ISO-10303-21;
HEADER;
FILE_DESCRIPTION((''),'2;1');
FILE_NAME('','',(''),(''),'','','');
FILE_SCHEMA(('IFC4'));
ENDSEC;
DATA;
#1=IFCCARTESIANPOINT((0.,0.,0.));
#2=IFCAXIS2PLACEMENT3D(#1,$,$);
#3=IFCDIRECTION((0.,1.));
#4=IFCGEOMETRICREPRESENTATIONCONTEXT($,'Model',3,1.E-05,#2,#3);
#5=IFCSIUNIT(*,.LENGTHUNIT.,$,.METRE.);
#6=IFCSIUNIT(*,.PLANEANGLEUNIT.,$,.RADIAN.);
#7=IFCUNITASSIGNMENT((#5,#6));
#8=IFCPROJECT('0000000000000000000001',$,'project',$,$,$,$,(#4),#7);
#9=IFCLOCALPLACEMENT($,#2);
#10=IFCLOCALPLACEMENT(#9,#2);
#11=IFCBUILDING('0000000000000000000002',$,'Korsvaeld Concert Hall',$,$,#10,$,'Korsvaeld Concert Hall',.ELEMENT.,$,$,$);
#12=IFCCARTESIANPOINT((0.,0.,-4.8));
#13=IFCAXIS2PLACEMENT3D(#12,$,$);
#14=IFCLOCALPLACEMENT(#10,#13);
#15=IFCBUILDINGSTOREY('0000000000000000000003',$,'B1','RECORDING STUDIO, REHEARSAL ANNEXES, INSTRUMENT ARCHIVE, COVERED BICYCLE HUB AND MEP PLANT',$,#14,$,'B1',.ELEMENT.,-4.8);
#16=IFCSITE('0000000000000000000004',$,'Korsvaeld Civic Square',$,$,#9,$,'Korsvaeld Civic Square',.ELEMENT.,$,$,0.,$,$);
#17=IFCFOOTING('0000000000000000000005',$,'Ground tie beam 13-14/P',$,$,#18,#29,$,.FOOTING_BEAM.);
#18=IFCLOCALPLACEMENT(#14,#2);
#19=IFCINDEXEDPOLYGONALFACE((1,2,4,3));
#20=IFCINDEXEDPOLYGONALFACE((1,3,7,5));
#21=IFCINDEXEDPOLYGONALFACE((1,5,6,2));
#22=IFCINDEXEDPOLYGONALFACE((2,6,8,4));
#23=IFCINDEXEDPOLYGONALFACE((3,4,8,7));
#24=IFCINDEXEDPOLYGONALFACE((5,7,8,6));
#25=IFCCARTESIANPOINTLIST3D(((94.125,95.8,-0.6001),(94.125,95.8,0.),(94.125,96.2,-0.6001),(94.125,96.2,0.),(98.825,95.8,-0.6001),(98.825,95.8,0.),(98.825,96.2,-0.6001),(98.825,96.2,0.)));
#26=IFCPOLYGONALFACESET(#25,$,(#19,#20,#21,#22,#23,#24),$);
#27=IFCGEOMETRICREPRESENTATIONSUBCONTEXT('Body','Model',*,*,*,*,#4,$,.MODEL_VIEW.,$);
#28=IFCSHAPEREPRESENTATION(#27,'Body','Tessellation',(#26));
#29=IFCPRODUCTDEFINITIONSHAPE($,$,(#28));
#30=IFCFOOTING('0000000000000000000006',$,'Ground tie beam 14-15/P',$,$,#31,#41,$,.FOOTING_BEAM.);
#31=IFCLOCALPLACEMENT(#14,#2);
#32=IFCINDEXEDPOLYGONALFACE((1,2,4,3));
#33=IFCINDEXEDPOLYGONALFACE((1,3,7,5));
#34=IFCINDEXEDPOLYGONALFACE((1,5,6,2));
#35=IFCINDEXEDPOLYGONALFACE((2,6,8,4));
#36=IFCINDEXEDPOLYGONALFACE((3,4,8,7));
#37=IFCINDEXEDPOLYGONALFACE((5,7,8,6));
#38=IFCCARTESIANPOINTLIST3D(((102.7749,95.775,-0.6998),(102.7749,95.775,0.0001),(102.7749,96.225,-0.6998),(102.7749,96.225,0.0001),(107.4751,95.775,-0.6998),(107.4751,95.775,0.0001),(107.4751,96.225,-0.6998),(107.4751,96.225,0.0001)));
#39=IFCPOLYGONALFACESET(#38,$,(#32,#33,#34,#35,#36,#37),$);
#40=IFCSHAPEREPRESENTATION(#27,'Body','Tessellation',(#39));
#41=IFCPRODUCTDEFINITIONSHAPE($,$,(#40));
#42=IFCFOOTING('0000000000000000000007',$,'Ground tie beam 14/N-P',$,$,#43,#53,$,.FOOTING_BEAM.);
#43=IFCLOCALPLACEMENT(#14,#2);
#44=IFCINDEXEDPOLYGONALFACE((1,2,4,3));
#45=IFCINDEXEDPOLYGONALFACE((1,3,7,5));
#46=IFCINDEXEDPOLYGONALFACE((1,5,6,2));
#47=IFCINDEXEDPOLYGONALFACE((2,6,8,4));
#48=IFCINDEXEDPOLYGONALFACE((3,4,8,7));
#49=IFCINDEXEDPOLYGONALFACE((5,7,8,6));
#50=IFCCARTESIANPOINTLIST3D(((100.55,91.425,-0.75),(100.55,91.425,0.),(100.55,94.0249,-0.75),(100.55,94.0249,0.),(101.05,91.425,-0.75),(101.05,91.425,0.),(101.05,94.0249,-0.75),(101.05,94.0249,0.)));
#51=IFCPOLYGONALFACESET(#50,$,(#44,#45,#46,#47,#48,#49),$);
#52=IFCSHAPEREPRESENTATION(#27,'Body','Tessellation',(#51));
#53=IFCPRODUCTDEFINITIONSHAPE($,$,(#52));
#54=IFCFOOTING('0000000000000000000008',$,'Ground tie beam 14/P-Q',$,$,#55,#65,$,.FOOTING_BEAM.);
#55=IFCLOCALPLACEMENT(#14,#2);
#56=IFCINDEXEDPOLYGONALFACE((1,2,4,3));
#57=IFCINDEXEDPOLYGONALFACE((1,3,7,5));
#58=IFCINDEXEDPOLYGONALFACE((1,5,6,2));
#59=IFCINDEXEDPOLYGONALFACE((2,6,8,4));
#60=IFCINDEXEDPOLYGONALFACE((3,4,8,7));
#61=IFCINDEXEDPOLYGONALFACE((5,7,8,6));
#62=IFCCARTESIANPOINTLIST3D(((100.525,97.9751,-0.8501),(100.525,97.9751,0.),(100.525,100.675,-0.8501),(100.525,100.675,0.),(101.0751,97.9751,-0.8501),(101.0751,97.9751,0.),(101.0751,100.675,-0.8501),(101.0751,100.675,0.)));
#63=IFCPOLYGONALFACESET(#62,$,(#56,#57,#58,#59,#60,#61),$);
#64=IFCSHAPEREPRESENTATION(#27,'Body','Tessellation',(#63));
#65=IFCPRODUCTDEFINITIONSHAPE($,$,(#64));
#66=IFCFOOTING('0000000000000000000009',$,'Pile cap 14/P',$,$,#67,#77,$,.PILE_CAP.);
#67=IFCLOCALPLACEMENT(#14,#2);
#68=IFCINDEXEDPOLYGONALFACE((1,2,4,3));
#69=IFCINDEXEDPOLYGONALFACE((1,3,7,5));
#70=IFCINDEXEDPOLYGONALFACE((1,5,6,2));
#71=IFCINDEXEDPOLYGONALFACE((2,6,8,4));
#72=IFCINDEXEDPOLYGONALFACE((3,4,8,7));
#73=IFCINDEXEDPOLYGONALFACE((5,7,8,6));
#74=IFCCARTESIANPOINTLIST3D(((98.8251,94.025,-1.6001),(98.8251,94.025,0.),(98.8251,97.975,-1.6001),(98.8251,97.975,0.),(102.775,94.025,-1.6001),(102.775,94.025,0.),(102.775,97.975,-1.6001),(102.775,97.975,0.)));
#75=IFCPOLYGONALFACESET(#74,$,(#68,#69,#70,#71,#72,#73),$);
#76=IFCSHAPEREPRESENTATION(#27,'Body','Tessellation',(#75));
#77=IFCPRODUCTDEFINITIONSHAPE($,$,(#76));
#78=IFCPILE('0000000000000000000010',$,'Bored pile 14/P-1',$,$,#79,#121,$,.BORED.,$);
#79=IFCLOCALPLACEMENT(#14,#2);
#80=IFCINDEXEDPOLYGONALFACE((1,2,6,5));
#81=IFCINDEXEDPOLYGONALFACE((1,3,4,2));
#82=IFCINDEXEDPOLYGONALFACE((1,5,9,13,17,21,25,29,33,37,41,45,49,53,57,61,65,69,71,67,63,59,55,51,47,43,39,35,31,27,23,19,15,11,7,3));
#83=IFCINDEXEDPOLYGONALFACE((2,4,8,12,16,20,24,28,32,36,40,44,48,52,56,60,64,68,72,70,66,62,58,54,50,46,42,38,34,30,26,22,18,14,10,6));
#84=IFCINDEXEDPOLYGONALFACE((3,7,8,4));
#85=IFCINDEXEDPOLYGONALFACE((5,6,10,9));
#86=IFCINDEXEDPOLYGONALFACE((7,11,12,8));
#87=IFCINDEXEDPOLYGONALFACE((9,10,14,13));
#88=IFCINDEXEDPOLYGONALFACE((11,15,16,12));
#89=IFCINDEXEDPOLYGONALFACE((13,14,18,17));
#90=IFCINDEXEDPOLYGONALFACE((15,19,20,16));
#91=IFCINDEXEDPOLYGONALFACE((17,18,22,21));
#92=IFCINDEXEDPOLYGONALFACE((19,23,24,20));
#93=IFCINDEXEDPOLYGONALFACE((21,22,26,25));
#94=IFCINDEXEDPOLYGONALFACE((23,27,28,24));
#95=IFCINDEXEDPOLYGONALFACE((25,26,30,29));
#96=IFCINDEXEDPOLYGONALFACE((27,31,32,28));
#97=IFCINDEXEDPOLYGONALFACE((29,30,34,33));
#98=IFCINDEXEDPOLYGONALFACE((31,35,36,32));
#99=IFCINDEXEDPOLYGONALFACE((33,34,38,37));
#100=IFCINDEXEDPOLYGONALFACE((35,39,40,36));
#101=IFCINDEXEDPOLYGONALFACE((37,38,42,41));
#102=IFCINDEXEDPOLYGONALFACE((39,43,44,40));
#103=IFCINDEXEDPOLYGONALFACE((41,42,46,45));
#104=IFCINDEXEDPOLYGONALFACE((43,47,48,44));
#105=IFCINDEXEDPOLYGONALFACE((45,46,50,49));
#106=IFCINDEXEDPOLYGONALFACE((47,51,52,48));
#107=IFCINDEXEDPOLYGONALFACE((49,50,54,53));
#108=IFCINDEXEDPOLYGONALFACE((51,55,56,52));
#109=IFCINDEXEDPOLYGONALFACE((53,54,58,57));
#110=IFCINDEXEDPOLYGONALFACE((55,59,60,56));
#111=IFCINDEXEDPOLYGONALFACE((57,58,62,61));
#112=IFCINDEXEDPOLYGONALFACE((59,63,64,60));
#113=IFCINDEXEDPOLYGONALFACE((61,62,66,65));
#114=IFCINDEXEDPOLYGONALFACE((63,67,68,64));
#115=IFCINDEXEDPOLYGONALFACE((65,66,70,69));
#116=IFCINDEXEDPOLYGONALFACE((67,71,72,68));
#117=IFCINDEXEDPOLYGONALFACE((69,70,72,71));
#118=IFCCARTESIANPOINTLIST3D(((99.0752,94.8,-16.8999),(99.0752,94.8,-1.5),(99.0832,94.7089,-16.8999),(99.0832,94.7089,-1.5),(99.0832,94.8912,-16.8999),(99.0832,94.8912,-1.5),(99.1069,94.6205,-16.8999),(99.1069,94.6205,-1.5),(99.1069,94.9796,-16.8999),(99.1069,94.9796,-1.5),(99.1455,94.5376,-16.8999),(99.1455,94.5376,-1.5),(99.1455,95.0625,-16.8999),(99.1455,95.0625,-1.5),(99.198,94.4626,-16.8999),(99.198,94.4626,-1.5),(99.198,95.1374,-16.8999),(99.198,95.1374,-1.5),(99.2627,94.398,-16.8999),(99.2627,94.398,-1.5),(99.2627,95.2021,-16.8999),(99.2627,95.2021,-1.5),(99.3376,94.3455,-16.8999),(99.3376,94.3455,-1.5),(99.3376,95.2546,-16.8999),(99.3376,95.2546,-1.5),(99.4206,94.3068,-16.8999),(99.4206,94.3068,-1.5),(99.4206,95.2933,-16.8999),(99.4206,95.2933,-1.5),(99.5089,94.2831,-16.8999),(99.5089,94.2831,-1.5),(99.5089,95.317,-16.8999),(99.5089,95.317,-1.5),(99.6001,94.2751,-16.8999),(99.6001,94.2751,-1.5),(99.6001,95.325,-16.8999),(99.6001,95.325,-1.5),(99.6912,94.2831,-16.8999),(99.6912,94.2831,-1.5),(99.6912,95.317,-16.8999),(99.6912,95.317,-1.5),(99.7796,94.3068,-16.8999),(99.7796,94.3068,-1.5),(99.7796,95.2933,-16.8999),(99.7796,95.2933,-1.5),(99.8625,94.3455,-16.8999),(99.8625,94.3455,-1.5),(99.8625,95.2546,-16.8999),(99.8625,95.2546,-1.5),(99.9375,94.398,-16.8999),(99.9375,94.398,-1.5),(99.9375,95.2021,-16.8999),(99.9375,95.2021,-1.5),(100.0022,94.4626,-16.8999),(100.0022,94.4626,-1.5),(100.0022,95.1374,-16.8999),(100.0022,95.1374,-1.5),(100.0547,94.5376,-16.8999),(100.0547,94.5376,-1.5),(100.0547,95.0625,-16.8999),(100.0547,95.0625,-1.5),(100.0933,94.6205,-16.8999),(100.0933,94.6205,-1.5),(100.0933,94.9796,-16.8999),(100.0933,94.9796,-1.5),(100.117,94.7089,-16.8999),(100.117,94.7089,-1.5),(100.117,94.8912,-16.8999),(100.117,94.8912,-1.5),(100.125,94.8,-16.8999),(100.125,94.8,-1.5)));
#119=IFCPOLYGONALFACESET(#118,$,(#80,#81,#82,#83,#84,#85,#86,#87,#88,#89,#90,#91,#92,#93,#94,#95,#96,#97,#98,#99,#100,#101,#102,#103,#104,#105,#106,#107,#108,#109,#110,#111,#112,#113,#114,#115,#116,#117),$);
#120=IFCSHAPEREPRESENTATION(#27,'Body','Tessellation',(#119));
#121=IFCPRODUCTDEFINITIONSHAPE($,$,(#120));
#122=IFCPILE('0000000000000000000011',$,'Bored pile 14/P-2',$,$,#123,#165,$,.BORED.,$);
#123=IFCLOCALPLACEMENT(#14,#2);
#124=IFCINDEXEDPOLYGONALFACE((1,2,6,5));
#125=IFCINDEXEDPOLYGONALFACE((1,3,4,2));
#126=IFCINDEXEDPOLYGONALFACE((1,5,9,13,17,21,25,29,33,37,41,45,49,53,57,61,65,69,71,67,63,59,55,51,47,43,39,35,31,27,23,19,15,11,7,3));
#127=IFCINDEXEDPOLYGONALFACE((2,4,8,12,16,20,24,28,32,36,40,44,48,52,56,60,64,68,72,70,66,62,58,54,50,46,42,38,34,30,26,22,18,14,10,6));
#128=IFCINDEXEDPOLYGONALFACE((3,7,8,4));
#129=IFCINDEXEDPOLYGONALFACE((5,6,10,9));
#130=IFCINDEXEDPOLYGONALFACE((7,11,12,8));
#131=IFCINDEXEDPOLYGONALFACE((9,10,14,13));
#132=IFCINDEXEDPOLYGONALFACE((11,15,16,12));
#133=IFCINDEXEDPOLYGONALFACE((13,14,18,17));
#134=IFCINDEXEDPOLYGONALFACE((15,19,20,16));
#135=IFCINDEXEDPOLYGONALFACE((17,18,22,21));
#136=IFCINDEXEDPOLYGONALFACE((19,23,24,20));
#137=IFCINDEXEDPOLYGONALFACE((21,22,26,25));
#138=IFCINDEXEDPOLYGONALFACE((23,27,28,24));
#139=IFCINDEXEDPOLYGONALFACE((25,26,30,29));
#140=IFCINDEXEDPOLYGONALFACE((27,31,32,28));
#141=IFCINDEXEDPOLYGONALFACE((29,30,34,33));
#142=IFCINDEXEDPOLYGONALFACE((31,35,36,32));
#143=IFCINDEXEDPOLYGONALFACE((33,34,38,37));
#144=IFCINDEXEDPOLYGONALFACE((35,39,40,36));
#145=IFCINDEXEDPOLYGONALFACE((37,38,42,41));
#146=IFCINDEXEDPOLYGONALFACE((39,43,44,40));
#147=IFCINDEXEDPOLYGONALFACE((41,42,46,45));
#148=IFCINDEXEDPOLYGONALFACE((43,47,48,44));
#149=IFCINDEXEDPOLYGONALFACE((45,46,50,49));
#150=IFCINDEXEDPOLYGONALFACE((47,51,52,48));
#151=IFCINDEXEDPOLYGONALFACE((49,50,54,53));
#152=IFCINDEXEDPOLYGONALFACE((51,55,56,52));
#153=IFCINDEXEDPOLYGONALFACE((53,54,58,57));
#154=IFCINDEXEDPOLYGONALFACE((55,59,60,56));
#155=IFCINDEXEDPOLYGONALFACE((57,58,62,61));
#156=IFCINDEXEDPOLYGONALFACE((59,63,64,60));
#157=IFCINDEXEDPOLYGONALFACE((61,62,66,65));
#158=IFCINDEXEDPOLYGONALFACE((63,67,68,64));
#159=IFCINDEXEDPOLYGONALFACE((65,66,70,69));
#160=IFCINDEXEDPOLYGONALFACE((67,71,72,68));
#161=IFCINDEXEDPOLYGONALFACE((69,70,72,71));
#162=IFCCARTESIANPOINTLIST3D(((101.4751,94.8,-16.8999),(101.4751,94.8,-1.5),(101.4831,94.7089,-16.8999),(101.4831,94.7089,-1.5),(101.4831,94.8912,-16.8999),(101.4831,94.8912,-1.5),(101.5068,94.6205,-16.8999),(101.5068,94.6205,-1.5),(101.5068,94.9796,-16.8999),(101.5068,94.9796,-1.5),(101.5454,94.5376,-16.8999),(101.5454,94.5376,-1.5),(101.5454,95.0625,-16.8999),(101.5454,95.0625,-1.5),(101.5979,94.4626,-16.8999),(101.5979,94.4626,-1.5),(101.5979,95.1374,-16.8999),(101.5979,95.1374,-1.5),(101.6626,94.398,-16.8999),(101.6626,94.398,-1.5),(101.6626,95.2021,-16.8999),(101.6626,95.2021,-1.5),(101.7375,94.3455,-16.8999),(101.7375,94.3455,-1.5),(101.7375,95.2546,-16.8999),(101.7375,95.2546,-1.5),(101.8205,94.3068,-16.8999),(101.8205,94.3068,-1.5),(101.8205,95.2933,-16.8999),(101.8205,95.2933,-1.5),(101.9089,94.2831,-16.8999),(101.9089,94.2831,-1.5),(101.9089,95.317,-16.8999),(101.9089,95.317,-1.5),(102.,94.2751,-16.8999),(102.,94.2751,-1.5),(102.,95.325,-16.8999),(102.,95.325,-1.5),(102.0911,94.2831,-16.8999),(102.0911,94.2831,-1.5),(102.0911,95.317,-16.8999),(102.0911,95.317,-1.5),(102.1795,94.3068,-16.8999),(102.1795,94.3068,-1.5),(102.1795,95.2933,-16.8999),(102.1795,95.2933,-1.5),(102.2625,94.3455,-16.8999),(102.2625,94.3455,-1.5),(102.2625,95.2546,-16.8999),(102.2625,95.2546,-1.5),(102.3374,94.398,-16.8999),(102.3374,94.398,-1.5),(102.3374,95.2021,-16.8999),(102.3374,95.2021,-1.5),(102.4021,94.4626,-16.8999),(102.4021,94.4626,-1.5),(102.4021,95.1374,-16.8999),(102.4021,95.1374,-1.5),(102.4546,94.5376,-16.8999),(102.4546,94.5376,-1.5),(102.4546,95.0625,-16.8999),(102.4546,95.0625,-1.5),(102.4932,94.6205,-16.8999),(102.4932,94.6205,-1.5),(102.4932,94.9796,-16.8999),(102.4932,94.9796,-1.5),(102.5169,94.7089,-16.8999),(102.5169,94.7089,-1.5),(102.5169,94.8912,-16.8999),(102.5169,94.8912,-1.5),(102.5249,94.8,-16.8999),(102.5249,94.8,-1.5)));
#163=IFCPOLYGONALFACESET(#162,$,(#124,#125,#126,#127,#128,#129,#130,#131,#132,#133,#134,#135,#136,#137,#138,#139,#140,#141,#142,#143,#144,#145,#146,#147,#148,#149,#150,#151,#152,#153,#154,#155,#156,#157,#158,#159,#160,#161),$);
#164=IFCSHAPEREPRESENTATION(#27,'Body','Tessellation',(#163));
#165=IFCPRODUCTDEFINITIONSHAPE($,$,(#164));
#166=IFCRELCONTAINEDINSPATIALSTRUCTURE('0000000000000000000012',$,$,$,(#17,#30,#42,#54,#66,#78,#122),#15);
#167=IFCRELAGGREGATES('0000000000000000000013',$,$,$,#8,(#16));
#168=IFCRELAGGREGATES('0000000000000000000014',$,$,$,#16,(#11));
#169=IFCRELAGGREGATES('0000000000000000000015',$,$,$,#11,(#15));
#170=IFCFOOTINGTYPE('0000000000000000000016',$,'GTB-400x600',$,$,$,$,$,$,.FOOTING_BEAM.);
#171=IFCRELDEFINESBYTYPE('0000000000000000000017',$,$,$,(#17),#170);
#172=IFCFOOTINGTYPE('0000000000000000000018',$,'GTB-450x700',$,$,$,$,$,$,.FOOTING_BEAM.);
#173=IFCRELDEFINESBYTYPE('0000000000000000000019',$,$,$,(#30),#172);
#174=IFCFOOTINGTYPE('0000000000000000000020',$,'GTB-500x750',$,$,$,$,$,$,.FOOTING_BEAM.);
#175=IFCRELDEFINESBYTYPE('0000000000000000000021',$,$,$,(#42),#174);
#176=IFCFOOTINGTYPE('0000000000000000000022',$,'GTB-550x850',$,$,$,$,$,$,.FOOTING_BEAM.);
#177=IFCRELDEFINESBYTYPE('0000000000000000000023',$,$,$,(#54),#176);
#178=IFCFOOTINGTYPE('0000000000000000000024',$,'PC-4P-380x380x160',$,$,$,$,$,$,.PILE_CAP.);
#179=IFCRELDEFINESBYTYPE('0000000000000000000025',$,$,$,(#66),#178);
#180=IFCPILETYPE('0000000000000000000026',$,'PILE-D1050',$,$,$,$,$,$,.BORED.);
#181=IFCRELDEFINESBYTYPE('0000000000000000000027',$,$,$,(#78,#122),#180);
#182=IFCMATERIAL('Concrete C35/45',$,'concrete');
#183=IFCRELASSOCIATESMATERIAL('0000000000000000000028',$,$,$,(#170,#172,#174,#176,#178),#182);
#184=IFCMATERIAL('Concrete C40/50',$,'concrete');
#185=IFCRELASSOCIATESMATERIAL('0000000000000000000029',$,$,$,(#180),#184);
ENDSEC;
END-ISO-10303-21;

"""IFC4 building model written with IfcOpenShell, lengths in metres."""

from ifc_helpers import new_model, si_unit, direction, frame, origin, origin_2d, place, context, subcontext, project, spatial, rectangle, circle, extrude, material, material_profile, profile_set, type_object, element, save


model = new_model("IFC4")

# Units and contexts
model_context = context("Model", 3, precision=1e-05, world=origin(), true_north=direction((0.0, 1.0)))
body_context = subcontext(model_context, "Body", "Model", "MODEL_VIEW")
ifc_project = project(units=[si_unit("LENGTHUNIT", "METRE"), si_unit("PLANEANGLEUNIT", "RADIAN")], contexts=[model_context])

# Site, building, storey
site_placement = place(None, origin())
site = spatial("IfcSite", under=ifc_project, at=site_placement, Name="Korsvaeld Civic Square", LongName="Korsvaeld Civic Square", CompositionType="ELEMENT", RefElevation=0.0)
building_placement = place(site_placement, origin())
building = spatial("IfcBuilding", under=site, at=building_placement, Name="Korsvaeld Concert Hall", LongName="Korsvaeld Concert Hall", CompositionType="ELEMENT")
storey_placement = place(building_placement, frame((0.0, 0.0, -4.8)))
storey = spatial("IfcBuildingStorey", under=building, at=storey_placement, Name="B1", Description="RECORDING STUDIO, REHEARSAL ANNEXES, INSTRUMENT ARCHIVE, COVERED BICYCLE HUB AND MEP PLANT", LongName="B1", CompositionType="ELEMENT", Elevation=-4.8)

# Footings
ifc_material_1 = material(Name="Concrete C35/45", Category="concrete")
ifc_material_profile_1 = material_profile(ifc_material_1, rectangle(XDim=0.3999, YDim=0.6001, at=origin_2d()), Name="GTB 400x600")
ifc_profile_set_1 = profile_set([ifc_material_profile_1], Name="Concrete C35/45")
footing_type_1 = type_object("IfcFootingType", Name="GTB-400x600", PredefinedType="FOOTING_BEAM", material=ifc_profile_set_1)
footing_1_placement = place(storey_placement, frame((94.125, 96.0, -0.3), z_axis=(1.0, 0.0, 0.0), x_axis=(0.0, 1.0, 0.0)))
element("IfcFooting", 1, at=footing_1_placement, inside=storey, type_object=footing_type_1, Name="Ground tie beam 13-14/P", PredefinedType="FOOTING_BEAM", context=body_context, shape_type="SweptSolid", body=[
    extrude(rectangle(XDim=0.3999, YDim=0.6001, at=origin_2d()), origin(), (0.0, 0.0, 1.0), 4.7),
])
ifc_material_profile_2 = material_profile(ifc_material_1, rectangle(XDim=0.45, YDim=0.7, at=origin_2d()), Name="GTB 450x700")
ifc_profile_set_2 = profile_set([ifc_material_profile_2], Name="Concrete C35/45")
footing_type_2 = type_object("IfcFootingType", Name="GTB-450x700", PredefinedType="FOOTING_BEAM", material=ifc_profile_set_2)
footing_2_placement = place(storey_placement, frame((102.7749, 96.0, -0.3499), z_axis=(1.0, 0.0, 0.0), x_axis=(0.0, 1.0, 0.0)))
element("IfcFooting", 2, at=footing_2_placement, inside=storey, type_object=footing_type_2, Name="Ground tie beam 14-15/P", PredefinedType="FOOTING_BEAM", context=body_context, shape_type="SweptSolid", body=[
    extrude(rectangle(XDim=0.45, YDim=0.7, at=origin_2d()), origin(), (0.0, 0.0, 1.0), 4.7002),
])
ifc_material_profile_3 = material_profile(ifc_material_1, rectangle(XDim=0.5, YDim=0.75, at=origin_2d()), Name="GTB 500x750")
ifc_profile_set_3 = profile_set([ifc_material_profile_3], Name="Concrete C35/45")
footing_type_3 = type_object("IfcFootingType", Name="GTB-500x750", PredefinedType="FOOTING_BEAM", material=ifc_profile_set_3)
footing_3_placement = place(storey_placement, frame((100.8, 91.425, -0.375), z_axis=(0.0, 1.0, 0.0), x_axis=(-1.0, 0.0, 0.0)))
element("IfcFooting", 3, at=footing_3_placement, inside=storey, type_object=footing_type_3, Name="Ground tie beam 14/N-P", PredefinedType="FOOTING_BEAM", context=body_context, shape_type="SweptSolid", body=[
    extrude(rectangle(XDim=0.5, YDim=0.75, at=origin_2d()), origin(), (0.0, 0.0, 1.0), 2.5999),
])
ifc_material_profile_4 = material_profile(ifc_material_1, rectangle(XDim=0.55, YDim=0.8501, at=origin_2d()), Name="GTB 550x850")
ifc_profile_set_4 = profile_set([ifc_material_profile_4], Name="Concrete C35/45")
footing_type_4 = type_object("IfcFootingType", Name="GTB-550x850", PredefinedType="FOOTING_BEAM", material=ifc_profile_set_4)
footing_4_placement = place(storey_placement, frame((100.8, 97.9751, -0.425), z_axis=(0.0, 1.0, 0.0), x_axis=(-1.0, 0.0, 0.0)))
element("IfcFooting", 4, at=footing_4_placement, inside=storey, type_object=footing_type_4, Name="Ground tie beam 14/P-Q", PredefinedType="FOOTING_BEAM", context=body_context, shape_type="SweptSolid", body=[
    extrude(rectangle(XDim=0.55, YDim=0.8501, at=origin_2d()), origin(), (0.0, 0.0, 1.0), 2.7),
])
footing_type_5 = type_object("IfcFootingType", Name="PC-4P-380x380x160", PredefinedType="PILE_CAP", material=ifc_material_1)
footing_5_placement = place(storey_placement, frame((100.8, 96.0, -1.6001), z_axis=(0.0, 0.0, 1.0), x_axis=(1.0, 0.0, 0.0)))
element("IfcFooting", 5, at=footing_5_placement, inside=storey, type_object=footing_type_5, Name="Pile cap 14/P", PredefinedType="PILE_CAP", context=body_context, shape_type="SweptSolid", body=[
    extrude(rectangle(XDim=3.95, YDim=3.95, at=origin_2d()), origin(), (0.0, 0.0, 1.0), 1.6001),
])

# Piles
ifc_material_2 = material(Name="Concrete C40/50", Category="concrete")
ifc_material_profile_5 = material_profile(ifc_material_2, circle(Radius=0.5249, at=origin_2d()), Name="BORED PILE D1050")
ifc_profile_set_5 = profile_set([ifc_material_profile_5], Name="Concrete C40/50")
pile_type_1 = type_object("IfcPileType", Name="PILE-D1050", PredefinedType="BORED", material=ifc_profile_set_5)
for number, where, z_axis, x_axis, name in (
    (6, (99.6001, 94.8, -1.5), (0.0, 0.0, -1.0), (1.0, 0.0, 0.0), "Bored pile 14/P-1"),
    (7, (102.0, 94.8, -1.5), (0.0, 0.0, -1.0), (1.0, 0.0, 0.0), "Bored pile 14/P-2"),
):
    element("IfcPile", number, at=place(storey_placement, frame(where, z_axis=z_axis, x_axis=x_axis)), inside=storey, type_object=pile_type_1, Name=name, PredefinedType="BORED", context=body_context, shape_type="SweptSolid", body=[
        extrude(circle(Radius=0.5249, at=origin_2d()), origin(), (0.0, 0.0, 1.0), 15.3999),
    ])

save(model, "model.ifc")
